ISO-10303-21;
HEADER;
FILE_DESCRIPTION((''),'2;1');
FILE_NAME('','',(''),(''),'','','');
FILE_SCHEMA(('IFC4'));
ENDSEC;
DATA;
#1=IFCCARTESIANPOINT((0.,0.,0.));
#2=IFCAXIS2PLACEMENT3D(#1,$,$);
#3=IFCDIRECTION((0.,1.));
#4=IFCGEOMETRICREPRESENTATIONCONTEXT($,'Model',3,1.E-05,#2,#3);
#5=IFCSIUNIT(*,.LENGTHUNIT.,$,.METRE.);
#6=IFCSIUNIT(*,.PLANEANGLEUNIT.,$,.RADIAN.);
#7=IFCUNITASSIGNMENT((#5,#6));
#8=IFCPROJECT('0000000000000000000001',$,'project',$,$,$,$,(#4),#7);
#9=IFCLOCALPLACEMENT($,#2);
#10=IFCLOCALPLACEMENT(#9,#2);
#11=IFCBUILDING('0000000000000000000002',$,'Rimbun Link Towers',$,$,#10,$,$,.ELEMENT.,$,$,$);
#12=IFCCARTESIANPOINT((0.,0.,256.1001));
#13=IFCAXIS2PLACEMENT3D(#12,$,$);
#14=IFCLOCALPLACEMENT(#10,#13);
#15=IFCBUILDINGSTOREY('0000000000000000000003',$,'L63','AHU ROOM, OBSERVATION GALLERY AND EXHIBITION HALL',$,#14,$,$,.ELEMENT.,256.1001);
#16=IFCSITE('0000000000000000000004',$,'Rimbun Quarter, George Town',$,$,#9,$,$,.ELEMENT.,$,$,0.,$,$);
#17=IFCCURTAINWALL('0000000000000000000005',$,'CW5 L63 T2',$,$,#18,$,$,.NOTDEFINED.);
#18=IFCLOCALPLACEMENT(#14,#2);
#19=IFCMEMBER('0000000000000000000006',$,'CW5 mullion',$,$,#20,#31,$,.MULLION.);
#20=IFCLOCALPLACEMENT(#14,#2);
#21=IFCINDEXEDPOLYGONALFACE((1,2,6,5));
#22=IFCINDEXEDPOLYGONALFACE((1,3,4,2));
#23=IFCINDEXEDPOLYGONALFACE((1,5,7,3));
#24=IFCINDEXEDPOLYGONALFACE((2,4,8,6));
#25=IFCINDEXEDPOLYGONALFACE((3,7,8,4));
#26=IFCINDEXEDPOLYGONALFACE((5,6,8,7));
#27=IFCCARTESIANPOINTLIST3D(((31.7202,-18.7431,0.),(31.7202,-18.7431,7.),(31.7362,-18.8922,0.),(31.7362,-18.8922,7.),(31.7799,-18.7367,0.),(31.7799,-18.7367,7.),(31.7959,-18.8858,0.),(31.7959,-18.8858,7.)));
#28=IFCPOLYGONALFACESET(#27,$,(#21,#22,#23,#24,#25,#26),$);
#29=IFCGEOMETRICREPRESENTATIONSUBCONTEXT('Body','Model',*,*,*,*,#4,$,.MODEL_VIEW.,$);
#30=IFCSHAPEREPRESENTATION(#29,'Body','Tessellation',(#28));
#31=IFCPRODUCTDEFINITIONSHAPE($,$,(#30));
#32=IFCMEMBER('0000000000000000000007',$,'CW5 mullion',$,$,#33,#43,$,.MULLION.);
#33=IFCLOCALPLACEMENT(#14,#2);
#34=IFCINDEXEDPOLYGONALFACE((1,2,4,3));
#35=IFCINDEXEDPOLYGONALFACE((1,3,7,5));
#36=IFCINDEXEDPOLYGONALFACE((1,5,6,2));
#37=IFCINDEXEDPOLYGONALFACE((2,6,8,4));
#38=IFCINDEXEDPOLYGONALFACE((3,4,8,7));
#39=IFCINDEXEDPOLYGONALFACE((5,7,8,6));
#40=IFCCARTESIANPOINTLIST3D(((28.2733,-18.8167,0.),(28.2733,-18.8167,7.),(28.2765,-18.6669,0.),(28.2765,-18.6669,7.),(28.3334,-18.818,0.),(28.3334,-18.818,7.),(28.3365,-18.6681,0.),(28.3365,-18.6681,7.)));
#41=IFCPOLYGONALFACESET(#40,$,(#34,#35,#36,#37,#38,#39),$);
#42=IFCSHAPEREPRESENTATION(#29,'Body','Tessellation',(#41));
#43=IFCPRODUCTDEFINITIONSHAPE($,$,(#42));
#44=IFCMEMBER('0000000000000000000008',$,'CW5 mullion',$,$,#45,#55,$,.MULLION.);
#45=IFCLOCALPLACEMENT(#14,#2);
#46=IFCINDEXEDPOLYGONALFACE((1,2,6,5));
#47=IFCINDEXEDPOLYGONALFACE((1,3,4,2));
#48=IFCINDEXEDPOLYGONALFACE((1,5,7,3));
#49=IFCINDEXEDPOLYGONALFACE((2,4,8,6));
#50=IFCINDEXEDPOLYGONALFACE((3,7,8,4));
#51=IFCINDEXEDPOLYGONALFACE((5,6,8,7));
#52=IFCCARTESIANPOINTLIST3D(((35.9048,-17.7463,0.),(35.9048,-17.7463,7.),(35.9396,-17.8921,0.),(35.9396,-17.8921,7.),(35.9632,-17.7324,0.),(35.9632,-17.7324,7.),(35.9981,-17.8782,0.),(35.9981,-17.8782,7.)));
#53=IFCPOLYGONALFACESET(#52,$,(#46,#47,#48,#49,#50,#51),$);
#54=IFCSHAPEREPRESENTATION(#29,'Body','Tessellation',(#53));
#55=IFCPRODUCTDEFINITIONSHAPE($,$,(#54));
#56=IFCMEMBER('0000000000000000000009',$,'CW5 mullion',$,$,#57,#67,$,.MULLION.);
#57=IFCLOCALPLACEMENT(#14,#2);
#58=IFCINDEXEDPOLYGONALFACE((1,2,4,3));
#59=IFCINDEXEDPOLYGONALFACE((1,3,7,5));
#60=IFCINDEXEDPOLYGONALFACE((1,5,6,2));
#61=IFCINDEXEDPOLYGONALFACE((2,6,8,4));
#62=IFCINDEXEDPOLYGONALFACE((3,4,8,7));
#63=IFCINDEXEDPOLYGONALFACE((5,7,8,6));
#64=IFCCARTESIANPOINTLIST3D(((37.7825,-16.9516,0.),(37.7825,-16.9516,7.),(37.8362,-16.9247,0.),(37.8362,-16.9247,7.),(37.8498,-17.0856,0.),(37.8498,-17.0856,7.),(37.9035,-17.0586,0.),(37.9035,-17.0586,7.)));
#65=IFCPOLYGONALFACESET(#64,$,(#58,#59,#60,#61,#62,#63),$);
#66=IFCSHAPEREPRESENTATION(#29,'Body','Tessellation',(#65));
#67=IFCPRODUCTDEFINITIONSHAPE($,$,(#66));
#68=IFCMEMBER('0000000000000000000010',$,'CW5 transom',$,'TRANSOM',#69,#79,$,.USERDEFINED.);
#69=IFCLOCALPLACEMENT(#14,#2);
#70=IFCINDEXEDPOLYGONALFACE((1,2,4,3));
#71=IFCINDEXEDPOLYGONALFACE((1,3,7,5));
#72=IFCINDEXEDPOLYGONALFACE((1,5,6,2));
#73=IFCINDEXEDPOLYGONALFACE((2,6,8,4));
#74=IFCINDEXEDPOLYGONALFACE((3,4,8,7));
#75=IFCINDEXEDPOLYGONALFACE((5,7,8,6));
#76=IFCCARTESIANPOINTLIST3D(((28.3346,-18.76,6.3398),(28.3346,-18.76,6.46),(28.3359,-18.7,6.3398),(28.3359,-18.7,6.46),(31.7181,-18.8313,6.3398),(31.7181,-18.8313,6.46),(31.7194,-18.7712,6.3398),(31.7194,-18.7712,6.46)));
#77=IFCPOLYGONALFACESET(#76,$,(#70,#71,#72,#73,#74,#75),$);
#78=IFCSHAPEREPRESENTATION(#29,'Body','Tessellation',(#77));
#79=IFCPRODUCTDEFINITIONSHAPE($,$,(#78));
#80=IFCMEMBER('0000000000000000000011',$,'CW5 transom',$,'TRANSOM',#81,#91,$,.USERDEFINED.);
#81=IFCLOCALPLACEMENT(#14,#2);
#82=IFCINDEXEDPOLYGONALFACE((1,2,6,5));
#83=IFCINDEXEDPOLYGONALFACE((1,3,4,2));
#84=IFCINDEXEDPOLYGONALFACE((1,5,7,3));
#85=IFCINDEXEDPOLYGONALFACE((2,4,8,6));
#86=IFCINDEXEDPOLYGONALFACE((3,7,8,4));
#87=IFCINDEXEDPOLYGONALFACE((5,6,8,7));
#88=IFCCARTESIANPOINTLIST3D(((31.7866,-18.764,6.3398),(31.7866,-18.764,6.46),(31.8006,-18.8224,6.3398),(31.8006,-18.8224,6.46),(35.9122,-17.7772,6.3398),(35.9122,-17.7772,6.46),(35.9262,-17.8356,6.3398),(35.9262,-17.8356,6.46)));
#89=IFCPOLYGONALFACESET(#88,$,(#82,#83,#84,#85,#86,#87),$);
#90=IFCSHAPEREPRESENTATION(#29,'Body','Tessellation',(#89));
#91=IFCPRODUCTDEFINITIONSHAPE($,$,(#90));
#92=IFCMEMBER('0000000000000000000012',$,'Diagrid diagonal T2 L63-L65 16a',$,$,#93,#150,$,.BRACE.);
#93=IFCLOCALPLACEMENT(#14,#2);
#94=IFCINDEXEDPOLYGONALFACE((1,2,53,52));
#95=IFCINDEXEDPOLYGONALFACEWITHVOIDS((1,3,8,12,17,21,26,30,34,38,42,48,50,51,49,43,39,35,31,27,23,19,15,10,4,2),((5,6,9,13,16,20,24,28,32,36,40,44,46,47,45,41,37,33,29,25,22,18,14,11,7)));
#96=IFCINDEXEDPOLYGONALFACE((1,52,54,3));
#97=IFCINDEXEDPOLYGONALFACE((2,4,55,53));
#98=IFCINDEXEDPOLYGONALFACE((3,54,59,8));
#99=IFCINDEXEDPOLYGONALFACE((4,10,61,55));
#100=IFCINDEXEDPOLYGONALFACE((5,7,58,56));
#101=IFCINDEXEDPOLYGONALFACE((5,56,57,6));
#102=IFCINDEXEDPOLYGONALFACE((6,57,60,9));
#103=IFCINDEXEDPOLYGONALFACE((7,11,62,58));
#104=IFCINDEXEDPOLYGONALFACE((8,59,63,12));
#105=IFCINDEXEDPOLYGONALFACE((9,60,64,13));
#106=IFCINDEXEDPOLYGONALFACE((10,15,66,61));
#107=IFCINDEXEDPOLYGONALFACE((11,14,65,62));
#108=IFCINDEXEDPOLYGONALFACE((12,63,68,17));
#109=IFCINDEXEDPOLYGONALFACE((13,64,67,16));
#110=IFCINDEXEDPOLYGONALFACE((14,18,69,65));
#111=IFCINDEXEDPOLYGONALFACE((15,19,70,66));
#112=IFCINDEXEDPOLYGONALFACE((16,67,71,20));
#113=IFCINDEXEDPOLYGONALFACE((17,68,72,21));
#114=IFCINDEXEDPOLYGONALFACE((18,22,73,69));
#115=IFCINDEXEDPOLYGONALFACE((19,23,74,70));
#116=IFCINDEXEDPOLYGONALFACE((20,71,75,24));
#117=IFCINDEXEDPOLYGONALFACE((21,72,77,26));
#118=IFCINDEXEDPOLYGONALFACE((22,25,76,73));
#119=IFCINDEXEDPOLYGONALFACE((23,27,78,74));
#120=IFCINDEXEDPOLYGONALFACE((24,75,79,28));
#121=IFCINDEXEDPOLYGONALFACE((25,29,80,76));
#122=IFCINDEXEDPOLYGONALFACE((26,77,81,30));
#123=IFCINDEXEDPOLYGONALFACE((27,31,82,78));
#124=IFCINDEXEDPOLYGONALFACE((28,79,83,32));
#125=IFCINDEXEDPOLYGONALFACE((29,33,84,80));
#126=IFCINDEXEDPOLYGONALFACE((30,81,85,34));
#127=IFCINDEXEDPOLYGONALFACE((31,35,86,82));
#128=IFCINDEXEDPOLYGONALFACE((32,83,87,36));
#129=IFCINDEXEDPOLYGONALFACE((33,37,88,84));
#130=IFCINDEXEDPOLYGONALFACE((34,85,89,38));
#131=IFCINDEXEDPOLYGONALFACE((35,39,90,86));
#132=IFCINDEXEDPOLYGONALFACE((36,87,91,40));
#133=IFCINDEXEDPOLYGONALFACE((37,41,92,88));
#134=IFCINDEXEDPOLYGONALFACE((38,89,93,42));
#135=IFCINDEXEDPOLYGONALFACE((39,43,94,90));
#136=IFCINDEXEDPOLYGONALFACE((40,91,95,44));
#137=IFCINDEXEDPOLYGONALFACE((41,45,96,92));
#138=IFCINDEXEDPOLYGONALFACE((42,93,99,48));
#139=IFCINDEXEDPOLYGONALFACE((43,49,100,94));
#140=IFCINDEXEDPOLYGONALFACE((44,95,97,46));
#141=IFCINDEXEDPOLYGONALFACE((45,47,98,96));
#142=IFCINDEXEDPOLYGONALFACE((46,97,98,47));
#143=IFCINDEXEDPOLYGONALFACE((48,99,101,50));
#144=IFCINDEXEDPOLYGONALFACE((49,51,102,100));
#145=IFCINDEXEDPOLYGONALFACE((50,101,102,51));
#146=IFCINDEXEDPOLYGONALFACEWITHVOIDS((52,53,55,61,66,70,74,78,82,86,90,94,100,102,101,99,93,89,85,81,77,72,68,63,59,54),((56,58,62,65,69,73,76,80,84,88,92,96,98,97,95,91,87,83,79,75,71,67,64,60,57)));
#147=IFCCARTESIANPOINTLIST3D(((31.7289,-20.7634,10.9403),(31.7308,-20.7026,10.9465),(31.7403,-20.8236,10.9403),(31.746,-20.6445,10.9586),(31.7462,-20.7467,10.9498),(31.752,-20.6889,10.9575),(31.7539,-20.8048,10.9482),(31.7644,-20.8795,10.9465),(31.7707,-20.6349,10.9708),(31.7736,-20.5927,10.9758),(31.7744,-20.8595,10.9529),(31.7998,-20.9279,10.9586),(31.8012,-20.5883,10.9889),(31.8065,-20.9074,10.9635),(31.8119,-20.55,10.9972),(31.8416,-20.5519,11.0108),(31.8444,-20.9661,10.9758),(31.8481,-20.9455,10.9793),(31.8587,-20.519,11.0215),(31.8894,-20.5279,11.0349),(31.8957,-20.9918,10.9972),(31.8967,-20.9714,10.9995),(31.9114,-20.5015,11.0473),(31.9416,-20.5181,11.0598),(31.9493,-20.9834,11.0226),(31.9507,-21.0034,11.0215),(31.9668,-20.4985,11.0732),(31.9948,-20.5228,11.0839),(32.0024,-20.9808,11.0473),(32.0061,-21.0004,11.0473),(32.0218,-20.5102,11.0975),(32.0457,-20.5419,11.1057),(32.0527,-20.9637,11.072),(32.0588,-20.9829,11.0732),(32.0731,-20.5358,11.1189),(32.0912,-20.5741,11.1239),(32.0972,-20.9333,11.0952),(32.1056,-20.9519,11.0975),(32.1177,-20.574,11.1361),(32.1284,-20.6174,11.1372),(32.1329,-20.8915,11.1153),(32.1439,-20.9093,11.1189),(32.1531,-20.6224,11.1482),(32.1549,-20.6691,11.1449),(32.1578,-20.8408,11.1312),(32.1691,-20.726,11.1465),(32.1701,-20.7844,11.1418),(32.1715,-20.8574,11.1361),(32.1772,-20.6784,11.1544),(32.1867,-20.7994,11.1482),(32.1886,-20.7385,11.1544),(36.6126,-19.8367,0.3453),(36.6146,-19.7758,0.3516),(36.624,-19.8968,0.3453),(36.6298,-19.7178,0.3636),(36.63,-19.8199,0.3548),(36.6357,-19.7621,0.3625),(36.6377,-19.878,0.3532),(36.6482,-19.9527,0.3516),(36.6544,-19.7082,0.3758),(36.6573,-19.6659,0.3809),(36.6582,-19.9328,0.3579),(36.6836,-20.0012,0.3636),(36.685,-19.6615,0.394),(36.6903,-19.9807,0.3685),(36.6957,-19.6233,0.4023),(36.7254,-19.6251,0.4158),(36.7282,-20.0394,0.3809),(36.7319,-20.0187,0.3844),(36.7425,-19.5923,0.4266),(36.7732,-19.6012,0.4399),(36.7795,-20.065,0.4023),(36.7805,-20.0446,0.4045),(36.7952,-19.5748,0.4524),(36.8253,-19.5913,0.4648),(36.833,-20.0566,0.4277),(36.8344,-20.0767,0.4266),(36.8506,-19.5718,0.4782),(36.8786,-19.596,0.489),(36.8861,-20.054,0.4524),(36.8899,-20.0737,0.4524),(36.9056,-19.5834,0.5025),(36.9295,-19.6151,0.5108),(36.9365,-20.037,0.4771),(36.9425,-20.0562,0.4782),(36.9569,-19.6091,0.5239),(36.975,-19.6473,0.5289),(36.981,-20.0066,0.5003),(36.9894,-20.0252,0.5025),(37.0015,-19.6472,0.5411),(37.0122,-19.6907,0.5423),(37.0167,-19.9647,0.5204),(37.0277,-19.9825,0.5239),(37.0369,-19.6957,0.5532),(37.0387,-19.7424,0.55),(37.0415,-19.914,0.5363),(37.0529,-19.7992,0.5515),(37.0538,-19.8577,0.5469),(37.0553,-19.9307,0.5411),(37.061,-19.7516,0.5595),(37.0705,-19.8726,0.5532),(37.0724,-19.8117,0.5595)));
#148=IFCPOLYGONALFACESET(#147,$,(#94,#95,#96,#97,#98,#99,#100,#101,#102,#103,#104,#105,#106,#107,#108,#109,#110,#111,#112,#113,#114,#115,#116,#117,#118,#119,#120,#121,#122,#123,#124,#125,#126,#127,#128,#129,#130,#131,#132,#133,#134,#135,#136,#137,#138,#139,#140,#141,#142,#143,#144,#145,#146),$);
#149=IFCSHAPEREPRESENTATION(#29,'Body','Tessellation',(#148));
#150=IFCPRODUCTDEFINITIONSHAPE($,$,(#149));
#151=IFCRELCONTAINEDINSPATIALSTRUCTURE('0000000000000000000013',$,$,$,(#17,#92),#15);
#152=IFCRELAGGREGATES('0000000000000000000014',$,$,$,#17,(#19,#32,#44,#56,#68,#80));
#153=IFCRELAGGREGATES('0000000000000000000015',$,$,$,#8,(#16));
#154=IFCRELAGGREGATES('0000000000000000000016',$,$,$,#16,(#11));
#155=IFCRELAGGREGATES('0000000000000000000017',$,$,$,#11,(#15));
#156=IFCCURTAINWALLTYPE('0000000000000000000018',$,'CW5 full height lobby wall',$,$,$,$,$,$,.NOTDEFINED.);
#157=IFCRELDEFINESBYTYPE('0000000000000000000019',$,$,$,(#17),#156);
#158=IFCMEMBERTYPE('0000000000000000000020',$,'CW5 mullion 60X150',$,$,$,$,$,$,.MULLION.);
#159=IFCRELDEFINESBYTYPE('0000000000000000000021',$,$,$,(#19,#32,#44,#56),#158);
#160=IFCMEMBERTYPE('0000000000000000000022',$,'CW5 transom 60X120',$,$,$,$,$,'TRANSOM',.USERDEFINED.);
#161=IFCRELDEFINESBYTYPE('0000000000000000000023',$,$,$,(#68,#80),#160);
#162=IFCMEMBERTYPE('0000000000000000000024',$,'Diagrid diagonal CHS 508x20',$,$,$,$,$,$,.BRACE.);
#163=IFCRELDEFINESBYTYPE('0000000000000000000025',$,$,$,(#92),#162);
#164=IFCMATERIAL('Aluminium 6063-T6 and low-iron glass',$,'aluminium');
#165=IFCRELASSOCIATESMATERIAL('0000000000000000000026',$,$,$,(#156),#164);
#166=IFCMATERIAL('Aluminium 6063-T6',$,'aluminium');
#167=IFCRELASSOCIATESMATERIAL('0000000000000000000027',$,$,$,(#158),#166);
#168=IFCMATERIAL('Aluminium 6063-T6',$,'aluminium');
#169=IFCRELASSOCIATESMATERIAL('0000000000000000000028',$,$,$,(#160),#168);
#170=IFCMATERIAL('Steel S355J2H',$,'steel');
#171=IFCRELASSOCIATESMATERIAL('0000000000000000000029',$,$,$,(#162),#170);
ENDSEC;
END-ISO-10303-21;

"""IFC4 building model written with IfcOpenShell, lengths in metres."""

from ifc_helpers import new_model, si_unit, direction, frame, origin, origin_2d, place, context, subcontext, project, spatial, rectangle, hollow_circle, extrude, material, material_profile, profile_set, type_object, element, aggregate, save


model = new_model("IFC4")

# Units and contexts
model_context = context("Model", 3, precision=1e-05, world=origin(), true_north=direction((0.0, 1.0)))
body_context = subcontext(model_context, "Body", "Model", "MODEL_VIEW")
ifc_project = project(units=[si_unit("LENGTHUNIT", "METRE"), si_unit("PLANEANGLEUNIT", "RADIAN")], contexts=[model_context])

# Site, building, storey
site_placement = place(None, origin())
site = spatial("IfcSite", under=ifc_project, at=site_placement, Name="Rimbun Quarter, George Town", CompositionType="ELEMENT", RefElevation=0.0)
building_placement = place(site_placement, origin())
building = spatial("IfcBuilding", under=site, at=building_placement, Name="Rimbun Link Towers", CompositionType="ELEMENT")
storey_placement = place(building_placement, frame((0.0, 0.0, 256.1001)))
storey = spatial("IfcBuildingStorey", under=building, at=storey_placement, Name="L63", Description="AHU ROOM, OBSERVATION GALLERY AND EXHIBITION HALL", CompositionType="ELEMENT", Elevation=256.1001)

# Curtain wall, members
ifc_material_1 = material(Name="Aluminium 6063-T6 and low-iron glass", Category="aluminium")
curtain_wall_type = type_object("IfcCurtainWallType", Name="CW5 full height lobby wall", PredefinedType="NOTDEFINED", material=ifc_material_1)
curtain_wall_placement = place(storey_placement, origin())
curtain_wall = element("IfcCurtainWall", 1, at=curtain_wall_placement, inside=storey, type_object=curtain_wall_type, Name="CW5 L63 T2", PredefinedType="NOTDEFINED")
ifc_material_2 = material(Name="Aluminium 6063-T6", Category="aluminium")
ifc_material_profile_1 = material_profile(ifc_material_2, rectangle(XDim=0.1499, YDim=0.0601, at=origin_2d()), Name="MULLION 60X150")
ifc_profile_set_1 = profile_set([ifc_material_profile_1], Name="Aluminium 6063-T6")
member_type_1 = type_object("IfcMemberType", Name="CW5 mullion 60X150", PredefinedType="MULLION", material=ifc_profile_set_1)
member_1_placement = place(storey_placement, frame((31.7581, -18.8145, 0.0), z_axis=(0.0, 0.0, 1.0), x_axis=(0.106642, -0.994297, 0.0)))
member_1 = element("IfcMember", 2, at=member_1_placement, type_object=member_type_1, Name="CW5 mullion", PredefinedType="MULLION", context=body_context, shape_type="SweptSolid", body=[
    extrude(rectangle(XDim=0.1499, YDim=0.0601, at=origin_2d()), origin(), (0.0, 0.0, 1.0), 7.0),
])
member_2_placement = place(storey_placement, frame((28.3049, -18.7424, 0.0), z_axis=(0.0, 0.0, 1.0), x_axis=(-0.021064, -0.999778, 0.0)))
member_2 = element("IfcMember", 3, at=member_2_placement, type_object=member_type_1, Name="CW5 mullion", PredefinedType="MULLION", context=body_context, shape_type="SweptSolid", body=[
    extrude(rectangle(XDim=0.1499, YDim=0.0601, at=origin_2d()), origin(), (0.0, 0.0, 1.0), 7.0),
])
member_3_placement = place(storey_placement, frame((35.9514, -17.8123, 0.0), z_axis=(0.0, 0.0, 1.0), x_axis=(0.232606, -0.972571, 0.0)))
member_3 = element("IfcMember", 4, at=member_3_placement, type_object=member_type_1, Name="CW5 mullion", PredefinedType="MULLION", context=body_context, shape_type="SweptSolid", body=[
    extrude(rectangle(XDim=0.1499, YDim=0.0601, at=origin_2d()), origin(), (0.0, 0.0, 1.0), 7.0),
])
member_4_placement = place(storey_placement, frame((37.843, -17.0051, 0.0), z_axis=(0.0, 0.0, 1.0), x_axis=(0.448787, -0.893639, 0.0)))
member_4 = element("IfcMember", 5, at=member_4_placement, type_object=member_type_1, Name="CW5 mullion", PredefinedType="MULLION", context=body_context, shape_type="SweptSolid", body=[
    extrude(rectangle(XDim=0.1499, YDim=0.0601, at=origin_2d()), origin(), (0.0, 0.0, 1.0), 7.0),
])
ifc_material_3 = material(Name="Aluminium 6063-T6", Category="aluminium")
ifc_material_profile_2 = material_profile(ifc_material_3, rectangle(XDim=0.0601, YDim=0.1201, at=origin_2d()), Name="TRANSOM 60X120")
ifc_profile_set_2 = profile_set([ifc_material_profile_2], Name="Aluminium 6063-T6")
member_type_2 = type_object("IfcMemberType", Name="CW5 transom 60X120", ElementType="TRANSOM", PredefinedType="USERDEFINED", material=ifc_profile_set_2)
member_5_placement = place(storey_placement, frame((31.7188, -18.8013, 6.3999), z_axis=(-0.999778, 0.021065, 0.0), x_axis=(-0.021065, -0.999778, 0.0)))
member_5 = element("IfcMember", 6, at=member_5_placement, type_object=member_type_2, Name="CW5 transom", ObjectType="TRANSOM", PredefinedType="USERDEFINED", context=body_context, shape_type="SweptSolid", body=[
    extrude(rectangle(XDim=0.0601, YDim=0.1201, at=origin_2d()), origin(), (0.0, 0.0, 1.0), 3.3843),
])
member_6_placement = place(storey_placement, frame((35.9192, -17.8064, 6.3999), z_axis=(-0.972564, -0.232637, 0.0), x_axis=(0.232637, -0.972564, 0.0)))
member_6 = element("IfcMember", 7, at=member_6_placement, type_object=member_type_2, Name="CW5 transom", ObjectType="TRANSOM", PredefinedType="USERDEFINED", context=body_context, shape_type="SweptSolid", body=[
    extrude(rectangle(XDim=0.0601, YDim=0.1201, at=origin_2d()), origin(), (0.0, 0.0, 1.0), 4.2419),
])

# Member
ifc_material_4 = material(Name="Steel S355J2H", Category="steel")
ifc_material_profile_3 = material_profile(ifc_material_4, hollow_circle(Radius=0.2539, WallThickness=0.02, at=origin_2d()), Name="Diagrid diagonal CHS 508x20")
ifc_profile_set_3 = profile_set([ifc_material_profile_3], Name="Steel S355J2H")
member_type_3 = type_object("IfcMemberType", Name="Diagrid diagonal CHS 508x20", PredefinedType="BRACE", material=ifc_profile_set_3)
member_7_placement = place(storey_placement, frame((36.8425, -19.8242, 0.4524), z_axis=(-0.417306, -0.079189, 0.905309), x_axis=(0.186435, -0.982467, 0.0)))
element("IfcMember", 8, at=member_7_placement, inside=storey, type_object=member_type_3, Name="Diagrid diagonal T2 L63-L65 16a", PredefinedType="BRACE", context=body_context, shape_type="SweptSolid", body=[
    extrude(hollow_circle(Radius=0.2539, WallThickness=0.02, at=origin_2d()), origin(), (0.0, 0.0, 1.0), 11.7031),
])

aggregate(curtain_wall, [member_1, member_2, member_3, member_4, member_5, member_6])

save(model, "model.ifc")
